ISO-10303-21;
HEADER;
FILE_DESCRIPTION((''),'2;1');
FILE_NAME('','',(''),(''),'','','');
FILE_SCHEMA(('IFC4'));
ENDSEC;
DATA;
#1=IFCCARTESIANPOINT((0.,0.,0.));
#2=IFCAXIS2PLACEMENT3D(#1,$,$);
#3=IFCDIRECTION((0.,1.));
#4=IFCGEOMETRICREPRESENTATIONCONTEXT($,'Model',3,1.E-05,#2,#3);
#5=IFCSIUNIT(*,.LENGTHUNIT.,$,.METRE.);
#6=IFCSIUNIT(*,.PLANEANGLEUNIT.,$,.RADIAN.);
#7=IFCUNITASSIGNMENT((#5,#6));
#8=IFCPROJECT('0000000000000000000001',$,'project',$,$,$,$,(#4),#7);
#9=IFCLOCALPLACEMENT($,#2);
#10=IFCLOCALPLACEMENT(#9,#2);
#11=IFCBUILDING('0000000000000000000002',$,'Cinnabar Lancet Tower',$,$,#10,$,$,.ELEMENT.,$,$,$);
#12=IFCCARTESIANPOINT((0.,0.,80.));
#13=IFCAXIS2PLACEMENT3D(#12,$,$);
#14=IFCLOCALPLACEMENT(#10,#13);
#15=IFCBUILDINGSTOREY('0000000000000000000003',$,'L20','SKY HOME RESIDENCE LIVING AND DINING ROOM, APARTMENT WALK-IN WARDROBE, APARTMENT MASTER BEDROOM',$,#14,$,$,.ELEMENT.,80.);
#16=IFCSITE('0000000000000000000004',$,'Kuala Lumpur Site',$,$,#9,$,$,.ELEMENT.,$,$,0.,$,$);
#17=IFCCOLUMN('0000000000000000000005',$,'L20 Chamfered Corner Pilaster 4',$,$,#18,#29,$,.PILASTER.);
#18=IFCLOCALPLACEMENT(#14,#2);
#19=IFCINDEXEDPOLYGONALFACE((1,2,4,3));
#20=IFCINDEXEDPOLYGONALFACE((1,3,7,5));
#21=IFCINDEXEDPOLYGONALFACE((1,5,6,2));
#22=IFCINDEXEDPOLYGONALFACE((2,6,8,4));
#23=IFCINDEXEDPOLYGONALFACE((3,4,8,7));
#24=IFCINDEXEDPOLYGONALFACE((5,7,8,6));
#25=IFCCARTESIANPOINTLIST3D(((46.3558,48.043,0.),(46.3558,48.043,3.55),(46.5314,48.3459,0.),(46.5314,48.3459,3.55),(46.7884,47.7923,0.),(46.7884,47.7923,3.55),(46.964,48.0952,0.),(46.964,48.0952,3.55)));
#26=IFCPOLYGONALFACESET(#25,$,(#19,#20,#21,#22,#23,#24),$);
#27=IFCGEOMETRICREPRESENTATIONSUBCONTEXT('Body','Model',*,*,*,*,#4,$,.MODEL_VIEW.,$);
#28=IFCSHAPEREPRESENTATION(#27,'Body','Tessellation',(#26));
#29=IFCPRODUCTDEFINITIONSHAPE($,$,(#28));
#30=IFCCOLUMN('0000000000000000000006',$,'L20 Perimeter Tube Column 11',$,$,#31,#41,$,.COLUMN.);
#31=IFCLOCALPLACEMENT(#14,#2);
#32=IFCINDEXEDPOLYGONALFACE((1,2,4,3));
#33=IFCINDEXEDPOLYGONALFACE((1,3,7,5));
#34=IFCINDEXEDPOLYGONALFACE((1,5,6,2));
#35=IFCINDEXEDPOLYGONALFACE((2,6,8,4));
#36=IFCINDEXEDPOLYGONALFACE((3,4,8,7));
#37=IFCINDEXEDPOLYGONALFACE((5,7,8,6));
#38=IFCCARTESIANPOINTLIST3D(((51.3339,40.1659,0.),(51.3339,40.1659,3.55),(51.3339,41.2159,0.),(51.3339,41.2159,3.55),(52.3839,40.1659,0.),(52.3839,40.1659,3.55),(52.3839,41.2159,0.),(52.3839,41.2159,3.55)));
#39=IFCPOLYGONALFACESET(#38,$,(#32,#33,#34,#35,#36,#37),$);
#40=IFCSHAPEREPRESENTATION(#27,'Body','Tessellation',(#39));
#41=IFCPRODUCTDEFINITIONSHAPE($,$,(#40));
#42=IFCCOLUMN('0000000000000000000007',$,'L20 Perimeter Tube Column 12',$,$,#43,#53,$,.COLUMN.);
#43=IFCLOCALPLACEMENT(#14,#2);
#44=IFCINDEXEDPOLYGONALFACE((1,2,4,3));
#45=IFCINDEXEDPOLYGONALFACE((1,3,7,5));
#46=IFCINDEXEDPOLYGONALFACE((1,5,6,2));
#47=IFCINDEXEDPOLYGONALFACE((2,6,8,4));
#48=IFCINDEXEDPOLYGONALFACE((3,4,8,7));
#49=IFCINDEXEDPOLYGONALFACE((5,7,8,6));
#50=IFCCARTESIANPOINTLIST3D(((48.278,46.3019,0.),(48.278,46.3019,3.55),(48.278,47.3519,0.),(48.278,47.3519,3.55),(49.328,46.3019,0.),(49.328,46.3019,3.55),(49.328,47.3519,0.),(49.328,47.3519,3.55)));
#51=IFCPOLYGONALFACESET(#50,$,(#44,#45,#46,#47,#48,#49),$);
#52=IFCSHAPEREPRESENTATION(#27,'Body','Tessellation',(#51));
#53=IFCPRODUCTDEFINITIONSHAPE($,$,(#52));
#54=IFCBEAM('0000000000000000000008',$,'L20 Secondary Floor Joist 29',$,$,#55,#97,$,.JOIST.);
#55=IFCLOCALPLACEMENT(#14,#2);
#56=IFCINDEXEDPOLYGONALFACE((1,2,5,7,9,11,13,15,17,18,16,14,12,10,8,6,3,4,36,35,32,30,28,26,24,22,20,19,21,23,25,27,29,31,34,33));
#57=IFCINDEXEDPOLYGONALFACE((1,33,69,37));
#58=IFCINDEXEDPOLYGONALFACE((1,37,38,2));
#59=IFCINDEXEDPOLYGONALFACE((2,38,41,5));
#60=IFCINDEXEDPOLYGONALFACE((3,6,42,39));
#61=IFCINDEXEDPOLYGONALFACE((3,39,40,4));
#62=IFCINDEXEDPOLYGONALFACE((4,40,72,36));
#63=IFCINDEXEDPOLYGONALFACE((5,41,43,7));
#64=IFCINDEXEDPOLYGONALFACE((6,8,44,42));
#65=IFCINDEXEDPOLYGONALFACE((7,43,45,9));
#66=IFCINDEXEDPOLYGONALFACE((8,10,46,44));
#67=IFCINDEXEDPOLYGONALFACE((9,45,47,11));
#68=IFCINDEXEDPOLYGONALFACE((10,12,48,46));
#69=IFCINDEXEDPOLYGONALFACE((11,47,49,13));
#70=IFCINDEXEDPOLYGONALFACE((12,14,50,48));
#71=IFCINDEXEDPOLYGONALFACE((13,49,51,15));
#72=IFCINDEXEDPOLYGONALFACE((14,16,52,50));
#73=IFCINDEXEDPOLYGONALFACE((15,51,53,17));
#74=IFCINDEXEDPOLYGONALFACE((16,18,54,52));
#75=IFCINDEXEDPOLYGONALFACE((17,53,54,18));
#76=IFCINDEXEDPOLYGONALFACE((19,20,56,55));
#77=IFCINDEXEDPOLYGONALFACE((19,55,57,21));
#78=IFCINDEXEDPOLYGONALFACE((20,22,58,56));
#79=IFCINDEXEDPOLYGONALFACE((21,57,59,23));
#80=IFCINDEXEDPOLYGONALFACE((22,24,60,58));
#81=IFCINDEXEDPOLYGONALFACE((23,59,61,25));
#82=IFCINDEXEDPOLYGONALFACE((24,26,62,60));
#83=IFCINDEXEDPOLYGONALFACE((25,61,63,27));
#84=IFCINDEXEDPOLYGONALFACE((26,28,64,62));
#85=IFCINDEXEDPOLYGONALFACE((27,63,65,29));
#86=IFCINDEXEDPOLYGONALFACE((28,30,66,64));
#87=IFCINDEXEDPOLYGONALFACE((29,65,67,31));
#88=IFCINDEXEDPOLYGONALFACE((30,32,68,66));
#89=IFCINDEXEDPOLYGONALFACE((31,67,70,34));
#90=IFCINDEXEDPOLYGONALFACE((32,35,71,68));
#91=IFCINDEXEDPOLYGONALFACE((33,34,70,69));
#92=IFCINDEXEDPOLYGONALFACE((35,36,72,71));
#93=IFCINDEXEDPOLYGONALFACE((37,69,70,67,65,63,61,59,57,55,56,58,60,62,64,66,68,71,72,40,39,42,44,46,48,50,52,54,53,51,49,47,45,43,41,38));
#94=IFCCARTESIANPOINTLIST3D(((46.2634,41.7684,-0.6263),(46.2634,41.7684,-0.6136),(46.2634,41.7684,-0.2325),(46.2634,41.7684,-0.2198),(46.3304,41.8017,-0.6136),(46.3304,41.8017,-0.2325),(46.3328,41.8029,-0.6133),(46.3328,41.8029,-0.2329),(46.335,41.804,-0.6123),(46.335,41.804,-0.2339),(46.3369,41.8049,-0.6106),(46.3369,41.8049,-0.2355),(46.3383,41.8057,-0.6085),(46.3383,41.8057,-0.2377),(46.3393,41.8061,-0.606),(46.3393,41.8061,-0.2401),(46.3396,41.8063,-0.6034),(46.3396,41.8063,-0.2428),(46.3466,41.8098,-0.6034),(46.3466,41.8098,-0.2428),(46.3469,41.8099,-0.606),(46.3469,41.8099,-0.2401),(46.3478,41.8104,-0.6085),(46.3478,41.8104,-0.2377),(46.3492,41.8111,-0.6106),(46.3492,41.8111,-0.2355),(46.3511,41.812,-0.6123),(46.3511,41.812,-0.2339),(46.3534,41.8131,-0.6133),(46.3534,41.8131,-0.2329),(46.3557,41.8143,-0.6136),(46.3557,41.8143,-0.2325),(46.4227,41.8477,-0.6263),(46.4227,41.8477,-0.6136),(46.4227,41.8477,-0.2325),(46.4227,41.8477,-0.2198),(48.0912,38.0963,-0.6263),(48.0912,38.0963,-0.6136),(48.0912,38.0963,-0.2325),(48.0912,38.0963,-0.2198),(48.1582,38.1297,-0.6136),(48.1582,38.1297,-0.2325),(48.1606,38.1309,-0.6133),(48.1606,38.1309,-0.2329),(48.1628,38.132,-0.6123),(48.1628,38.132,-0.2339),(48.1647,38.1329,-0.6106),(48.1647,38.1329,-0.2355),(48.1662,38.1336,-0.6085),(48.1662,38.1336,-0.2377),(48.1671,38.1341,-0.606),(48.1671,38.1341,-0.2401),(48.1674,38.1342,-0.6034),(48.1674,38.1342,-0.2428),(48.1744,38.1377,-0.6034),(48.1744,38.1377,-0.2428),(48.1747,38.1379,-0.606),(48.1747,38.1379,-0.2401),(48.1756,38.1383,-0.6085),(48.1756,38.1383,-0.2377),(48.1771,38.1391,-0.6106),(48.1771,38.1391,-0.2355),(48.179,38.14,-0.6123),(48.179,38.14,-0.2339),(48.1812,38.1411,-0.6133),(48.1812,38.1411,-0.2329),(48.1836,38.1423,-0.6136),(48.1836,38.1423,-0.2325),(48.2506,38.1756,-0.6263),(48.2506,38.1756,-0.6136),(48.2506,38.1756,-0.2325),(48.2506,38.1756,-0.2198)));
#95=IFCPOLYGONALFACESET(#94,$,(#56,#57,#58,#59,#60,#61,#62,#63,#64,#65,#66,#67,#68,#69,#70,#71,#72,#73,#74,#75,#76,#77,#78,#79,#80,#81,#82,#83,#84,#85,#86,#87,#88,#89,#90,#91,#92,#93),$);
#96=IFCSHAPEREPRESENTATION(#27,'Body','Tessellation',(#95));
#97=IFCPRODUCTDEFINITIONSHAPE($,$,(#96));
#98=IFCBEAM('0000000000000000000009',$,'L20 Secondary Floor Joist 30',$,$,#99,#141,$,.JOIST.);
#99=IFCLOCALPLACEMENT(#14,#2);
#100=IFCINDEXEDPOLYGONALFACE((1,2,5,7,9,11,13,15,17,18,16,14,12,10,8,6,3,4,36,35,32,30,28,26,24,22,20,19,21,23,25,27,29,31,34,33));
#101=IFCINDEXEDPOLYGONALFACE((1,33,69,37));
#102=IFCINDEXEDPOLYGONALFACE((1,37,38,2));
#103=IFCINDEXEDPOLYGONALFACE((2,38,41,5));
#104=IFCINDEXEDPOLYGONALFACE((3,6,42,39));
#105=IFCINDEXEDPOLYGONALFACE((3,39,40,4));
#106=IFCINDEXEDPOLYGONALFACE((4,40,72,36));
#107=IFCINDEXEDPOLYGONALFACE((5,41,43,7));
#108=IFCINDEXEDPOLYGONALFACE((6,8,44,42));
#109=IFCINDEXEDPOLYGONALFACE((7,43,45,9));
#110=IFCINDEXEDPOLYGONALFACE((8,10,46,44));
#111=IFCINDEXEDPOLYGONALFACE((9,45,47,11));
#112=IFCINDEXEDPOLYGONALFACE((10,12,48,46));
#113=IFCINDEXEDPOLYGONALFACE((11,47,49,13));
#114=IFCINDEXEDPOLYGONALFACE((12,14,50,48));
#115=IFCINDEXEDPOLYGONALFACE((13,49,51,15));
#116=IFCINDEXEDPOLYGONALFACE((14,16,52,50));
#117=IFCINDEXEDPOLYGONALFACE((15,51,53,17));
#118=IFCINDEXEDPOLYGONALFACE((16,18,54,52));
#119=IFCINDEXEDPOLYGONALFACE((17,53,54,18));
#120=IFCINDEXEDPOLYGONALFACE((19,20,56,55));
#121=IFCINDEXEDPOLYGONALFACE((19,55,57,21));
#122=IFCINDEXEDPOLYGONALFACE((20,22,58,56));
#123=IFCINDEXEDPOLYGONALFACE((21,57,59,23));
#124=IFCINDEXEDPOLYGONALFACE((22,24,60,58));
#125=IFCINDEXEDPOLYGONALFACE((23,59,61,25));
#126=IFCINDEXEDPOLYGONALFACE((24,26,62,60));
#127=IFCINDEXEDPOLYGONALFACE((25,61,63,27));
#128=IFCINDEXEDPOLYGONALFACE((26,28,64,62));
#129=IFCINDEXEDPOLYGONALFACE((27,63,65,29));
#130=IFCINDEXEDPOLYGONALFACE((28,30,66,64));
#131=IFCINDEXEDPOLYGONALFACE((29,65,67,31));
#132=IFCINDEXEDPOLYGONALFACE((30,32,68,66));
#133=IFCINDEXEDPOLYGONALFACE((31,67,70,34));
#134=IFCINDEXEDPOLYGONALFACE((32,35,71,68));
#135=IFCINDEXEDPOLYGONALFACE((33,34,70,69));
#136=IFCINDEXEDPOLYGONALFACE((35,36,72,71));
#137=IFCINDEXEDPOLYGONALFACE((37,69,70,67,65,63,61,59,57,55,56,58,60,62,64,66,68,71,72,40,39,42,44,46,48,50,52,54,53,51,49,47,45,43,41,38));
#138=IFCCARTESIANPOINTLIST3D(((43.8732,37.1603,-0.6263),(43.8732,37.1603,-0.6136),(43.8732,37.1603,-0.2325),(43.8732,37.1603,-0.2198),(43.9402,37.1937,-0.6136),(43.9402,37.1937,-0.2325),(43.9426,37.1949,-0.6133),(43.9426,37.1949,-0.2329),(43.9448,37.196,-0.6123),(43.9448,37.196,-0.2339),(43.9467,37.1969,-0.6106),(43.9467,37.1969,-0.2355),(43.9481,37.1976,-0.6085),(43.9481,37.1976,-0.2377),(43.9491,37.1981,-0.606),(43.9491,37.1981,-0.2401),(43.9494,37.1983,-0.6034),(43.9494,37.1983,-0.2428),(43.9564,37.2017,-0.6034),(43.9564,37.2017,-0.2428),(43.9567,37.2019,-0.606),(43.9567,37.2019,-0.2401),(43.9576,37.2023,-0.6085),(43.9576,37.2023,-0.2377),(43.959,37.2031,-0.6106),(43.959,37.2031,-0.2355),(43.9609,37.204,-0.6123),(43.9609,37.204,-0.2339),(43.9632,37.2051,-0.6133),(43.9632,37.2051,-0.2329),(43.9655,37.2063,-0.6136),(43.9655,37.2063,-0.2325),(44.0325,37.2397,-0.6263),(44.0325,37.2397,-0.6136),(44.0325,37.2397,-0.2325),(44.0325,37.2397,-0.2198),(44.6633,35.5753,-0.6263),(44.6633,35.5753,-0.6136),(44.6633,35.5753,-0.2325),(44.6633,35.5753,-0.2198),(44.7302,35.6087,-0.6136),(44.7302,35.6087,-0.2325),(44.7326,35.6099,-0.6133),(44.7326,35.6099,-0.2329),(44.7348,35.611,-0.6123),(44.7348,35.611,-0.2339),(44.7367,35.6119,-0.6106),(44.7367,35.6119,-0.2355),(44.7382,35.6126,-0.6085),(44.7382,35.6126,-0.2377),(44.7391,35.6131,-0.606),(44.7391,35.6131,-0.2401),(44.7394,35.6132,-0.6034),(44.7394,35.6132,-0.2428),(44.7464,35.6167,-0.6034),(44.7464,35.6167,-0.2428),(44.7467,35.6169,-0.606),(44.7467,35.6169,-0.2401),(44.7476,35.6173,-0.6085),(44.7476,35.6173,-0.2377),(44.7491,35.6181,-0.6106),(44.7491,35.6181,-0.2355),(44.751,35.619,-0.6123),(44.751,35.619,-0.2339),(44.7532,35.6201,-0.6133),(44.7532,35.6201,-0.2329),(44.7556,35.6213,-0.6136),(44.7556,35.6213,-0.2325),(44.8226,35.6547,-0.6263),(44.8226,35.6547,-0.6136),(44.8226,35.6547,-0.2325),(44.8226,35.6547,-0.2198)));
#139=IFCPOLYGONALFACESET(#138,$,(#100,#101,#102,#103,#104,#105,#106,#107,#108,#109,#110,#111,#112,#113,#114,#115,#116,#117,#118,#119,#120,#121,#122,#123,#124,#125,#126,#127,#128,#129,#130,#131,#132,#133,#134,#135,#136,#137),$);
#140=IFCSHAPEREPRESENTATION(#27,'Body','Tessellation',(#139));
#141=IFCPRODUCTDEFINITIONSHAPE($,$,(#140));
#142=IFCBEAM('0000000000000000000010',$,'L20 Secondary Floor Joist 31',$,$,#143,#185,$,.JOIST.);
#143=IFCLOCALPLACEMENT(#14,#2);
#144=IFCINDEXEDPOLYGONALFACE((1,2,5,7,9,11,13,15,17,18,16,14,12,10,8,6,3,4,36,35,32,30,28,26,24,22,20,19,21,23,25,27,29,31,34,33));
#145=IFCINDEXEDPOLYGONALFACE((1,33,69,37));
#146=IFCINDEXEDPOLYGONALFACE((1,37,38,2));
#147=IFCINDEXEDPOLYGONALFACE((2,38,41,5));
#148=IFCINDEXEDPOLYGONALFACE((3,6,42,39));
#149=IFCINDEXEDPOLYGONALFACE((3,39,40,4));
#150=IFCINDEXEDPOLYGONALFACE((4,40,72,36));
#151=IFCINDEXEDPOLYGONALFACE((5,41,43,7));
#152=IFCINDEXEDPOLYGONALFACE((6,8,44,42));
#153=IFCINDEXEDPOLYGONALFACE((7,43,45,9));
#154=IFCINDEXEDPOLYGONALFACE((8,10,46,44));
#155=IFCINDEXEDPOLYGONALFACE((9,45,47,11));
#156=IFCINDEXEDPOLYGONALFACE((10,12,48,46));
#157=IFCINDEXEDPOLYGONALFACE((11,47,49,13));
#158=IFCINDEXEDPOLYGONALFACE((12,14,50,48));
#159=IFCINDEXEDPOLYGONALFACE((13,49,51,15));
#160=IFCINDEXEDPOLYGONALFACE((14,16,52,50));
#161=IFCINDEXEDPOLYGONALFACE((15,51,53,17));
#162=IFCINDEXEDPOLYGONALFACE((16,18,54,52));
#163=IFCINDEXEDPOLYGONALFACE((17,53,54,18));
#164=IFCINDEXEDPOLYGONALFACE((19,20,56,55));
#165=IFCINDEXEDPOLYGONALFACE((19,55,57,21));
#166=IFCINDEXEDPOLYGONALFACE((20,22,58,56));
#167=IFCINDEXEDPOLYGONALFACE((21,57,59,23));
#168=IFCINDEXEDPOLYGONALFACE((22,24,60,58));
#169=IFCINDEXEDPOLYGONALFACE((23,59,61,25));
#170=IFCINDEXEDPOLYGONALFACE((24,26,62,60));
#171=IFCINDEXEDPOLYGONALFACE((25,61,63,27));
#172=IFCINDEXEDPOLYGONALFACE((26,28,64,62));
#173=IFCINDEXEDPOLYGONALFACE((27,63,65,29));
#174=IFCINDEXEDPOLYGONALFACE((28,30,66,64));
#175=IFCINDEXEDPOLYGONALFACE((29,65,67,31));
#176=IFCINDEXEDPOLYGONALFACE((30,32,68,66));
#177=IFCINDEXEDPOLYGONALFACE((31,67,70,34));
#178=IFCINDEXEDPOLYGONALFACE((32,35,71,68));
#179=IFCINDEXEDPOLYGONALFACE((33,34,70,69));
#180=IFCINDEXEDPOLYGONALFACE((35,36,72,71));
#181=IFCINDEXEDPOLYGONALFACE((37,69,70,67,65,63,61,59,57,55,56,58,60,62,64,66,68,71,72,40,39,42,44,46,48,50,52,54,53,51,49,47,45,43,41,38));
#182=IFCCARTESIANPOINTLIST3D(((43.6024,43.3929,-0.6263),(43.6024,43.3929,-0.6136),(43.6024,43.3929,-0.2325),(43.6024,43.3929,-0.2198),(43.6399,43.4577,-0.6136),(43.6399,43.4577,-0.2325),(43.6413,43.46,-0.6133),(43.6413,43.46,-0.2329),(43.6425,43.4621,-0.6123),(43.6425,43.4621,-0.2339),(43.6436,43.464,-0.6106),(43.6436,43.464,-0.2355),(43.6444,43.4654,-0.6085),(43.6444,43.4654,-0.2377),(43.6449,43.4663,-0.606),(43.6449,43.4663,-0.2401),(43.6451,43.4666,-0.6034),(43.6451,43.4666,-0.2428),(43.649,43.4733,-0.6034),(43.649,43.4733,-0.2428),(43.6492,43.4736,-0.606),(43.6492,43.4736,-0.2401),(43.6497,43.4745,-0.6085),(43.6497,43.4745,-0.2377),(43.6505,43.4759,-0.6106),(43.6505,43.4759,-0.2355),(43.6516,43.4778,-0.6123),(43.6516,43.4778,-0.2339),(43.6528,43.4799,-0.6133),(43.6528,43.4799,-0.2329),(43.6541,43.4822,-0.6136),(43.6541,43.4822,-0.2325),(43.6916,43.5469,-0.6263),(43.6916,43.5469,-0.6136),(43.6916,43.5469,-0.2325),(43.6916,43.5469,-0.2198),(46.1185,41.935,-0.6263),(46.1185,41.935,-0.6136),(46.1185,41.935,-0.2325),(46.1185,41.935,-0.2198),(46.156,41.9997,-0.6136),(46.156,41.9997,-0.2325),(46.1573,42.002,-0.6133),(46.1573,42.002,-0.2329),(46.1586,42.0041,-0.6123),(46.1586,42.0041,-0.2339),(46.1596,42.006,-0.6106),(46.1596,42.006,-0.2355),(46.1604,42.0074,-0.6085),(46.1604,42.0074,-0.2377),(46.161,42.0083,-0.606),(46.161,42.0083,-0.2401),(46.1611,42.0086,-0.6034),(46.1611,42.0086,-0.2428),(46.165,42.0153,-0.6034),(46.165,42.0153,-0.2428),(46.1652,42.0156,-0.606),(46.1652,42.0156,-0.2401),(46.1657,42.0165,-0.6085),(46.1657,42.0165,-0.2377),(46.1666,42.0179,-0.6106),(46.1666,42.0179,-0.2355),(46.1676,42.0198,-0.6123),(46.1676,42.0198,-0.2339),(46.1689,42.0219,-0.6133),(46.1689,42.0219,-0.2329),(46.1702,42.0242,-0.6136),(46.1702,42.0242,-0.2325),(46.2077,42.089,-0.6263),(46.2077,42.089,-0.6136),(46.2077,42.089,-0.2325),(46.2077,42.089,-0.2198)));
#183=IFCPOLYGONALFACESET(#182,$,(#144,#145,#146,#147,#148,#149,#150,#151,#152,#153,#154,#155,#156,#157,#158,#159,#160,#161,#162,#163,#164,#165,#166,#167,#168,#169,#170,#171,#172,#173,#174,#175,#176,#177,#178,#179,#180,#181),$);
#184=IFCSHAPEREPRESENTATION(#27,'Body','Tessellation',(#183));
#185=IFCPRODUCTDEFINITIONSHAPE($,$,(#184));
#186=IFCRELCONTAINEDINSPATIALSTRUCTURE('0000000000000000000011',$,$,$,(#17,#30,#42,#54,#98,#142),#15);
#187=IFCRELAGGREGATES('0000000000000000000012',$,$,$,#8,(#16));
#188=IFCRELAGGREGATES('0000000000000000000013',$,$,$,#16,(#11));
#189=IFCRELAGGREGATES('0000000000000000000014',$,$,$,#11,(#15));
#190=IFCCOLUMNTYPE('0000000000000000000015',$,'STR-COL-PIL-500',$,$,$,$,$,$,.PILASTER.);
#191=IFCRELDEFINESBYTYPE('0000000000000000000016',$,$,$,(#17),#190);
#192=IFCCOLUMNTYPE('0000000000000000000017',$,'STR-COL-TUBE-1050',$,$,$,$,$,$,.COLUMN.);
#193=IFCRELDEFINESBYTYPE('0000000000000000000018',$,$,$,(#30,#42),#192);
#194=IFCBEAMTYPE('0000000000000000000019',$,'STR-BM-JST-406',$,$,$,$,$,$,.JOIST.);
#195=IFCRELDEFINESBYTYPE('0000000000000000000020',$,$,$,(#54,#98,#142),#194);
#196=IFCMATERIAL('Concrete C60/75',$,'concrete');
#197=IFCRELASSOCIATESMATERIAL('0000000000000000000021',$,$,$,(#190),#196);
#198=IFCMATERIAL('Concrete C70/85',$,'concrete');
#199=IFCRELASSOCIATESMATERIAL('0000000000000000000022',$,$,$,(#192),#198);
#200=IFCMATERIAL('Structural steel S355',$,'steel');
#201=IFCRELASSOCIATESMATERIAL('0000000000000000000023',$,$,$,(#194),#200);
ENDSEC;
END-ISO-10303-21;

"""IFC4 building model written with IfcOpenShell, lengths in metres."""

from ifc_helpers import new_model, si_unit, direction, frame, origin, origin_2d, place, context, subcontext, project, spatial, rectangle, i_section, extrude, material, material_profile, profile_set, type_object, element, save


model = new_model("IFC4")

# Units and contexts
model_context = context("Model", 3, precision=1e-05, world=origin(), true_north=direction((0.0, 1.0)))
body_context = subcontext(model_context, "Body", "Model", "MODEL_VIEW")
ifc_project = project(units=[si_unit("LENGTHUNIT", "METRE"), si_unit("PLANEANGLEUNIT", "RADIAN")], contexts=[model_context])

# Site, building, storey
site_placement = place(None, origin())
site = spatial("IfcSite", under=ifc_project, at=site_placement, Name="Kuala Lumpur Site", CompositionType="ELEMENT", RefElevation=0.0)
building_placement = place(site_placement, origin())
building = spatial("IfcBuilding", under=site, at=building_placement, Name="Cinnabar Lancet Tower", CompositionType="ELEMENT")
storey_placement = place(building_placement, frame((0.0, 0.0, 80.0)))
storey = spatial("IfcBuildingStorey", under=building, at=storey_placement, Name="L20", Description="SKY HOME RESIDENCE LIVING AND DINING ROOM, APARTMENT WALK-IN WARDROBE, APARTMENT MASTER BEDROOM", CompositionType="ELEMENT", Elevation=80.0)

# Columns
ifc_material_1 = material(Name="Concrete C60/75", Category="concrete")
ifc_material_profile_1 = material_profile(ifc_material_1, rectangle(XDim=0.5, YDim=0.3501, at=origin_2d()), Name="RC-PIL 500x350")
ifc_profile_set_1 = profile_set([ifc_material_profile_1], Name="Concrete C60/75")
column_type_1 = type_object("IfcColumnType", Name="STR-COL-PIL-500", PredefinedType="PILASTER", material=ifc_profile_set_1)
column_placement = place(storey_placement, frame((46.6599, 48.0691, 0.0), z_axis=(0.0, 0.0, 1.0), x_axis=(-0.865195, 0.501435, 0.0)))
element("IfcColumn", 1, at=column_placement, inside=storey, type_object=column_type_1, Name="L20 Chamfered Corner Pilaster 4", PredefinedType="PILASTER", context=body_context, shape_type="SweptSolid", body=[
    extrude(rectangle(XDim=0.5, YDim=0.3501, at=origin_2d()), origin(), (0.0, 0.0, 1.0), 3.55),
])
ifc_material_2 = material(Name="Concrete C70/85", Category="concrete")
ifc_material_profile_2 = material_profile(ifc_material_2, rectangle(XDim=1.05, YDim=1.05, at=origin_2d()), Name="RC-COL 1050x1050")
ifc_profile_set_2 = profile_set([ifc_material_profile_2], Name="Concrete C70/85")
column_type_2 = type_object("IfcColumnType", Name="STR-COL-TUBE-1050", PredefinedType="COLUMN", material=ifc_profile_set_2)
for number, where, z_axis, x_axis, name in (
    (2, (51.8589, 40.6909, 0.0), (0.0, 0.0, 1.0), (1.0, 0.0, 0.0), "L20 Perimeter Tube Column 11"),
    (3, (48.803, 46.8269, 0.0), (0.0, 0.0, 1.0), (1.0, 0.0, 0.0), "L20 Perimeter Tube Column 12"),
):
    element("IfcColumn", number, at=place(storey_placement, frame(where, z_axis=z_axis, x_axis=x_axis)), inside=storey, type_object=column_type_2, Name=name, PredefinedType="COLUMN", context=body_context, shape_type="SweptSolid", body=[
        extrude(rectangle(XDim=1.05, YDim=1.05, at=origin_2d()), origin(), (0.0, 0.0, 1.0), 3.55),
    ])

# Beams
ifc_material_3 = material(Name="Structural steel S355", Category="steel")
ifc_material_profile_3 = material_profile(ifc_material_3, i_section(OverallWidth=0.178, OverallDepth=0.4065, WebThickness=0.0078, FlangeThickness=0.0127, FilletRadius=0.0103, at=origin_2d()), Name="UKB 406x178x60")
ifc_profile_set_3 = profile_set([ifc_material_profile_3], Name="Structural steel S355")
beam_type_1 = type_object("IfcBeamType", Name="STR-BM-JST-406", PredefinedType="JOIST", material=ifc_profile_set_3)
beam_1_placement = place(storey_placement, frame((48.1709, 38.136, -0.4231), z_axis=(-0.445618, 0.895223, 0.0), x_axis=(-0.895223, -0.445618, 0.0)))
element("IfcBeam", 4, at=beam_1_placement, inside=storey, type_object=beam_type_1, Name="L20 Secondary Floor Joist 29", PredefinedType="JOIST", context=body_context, shape_type="SweptSolid", body=[
    extrude(i_section(OverallWidth=0.178, OverallDepth=0.4065, WebThickness=0.0078, FlangeThickness=0.0127, FilletRadius=0.0103, at=origin_2d()), origin(), (0.0, 0.0, 1.0), 4.1018),
])
beam_2_placement = place(storey_placement, frame((44.7429, 35.615, -0.4231), z_axis=(-0.44611, 0.894978, 0.0), x_axis=(-0.894978, -0.44611, 0.0)))
element("IfcBeam", 5, at=beam_2_placement, inside=storey, type_object=beam_type_1, Name="L20 Secondary Floor Joist 30", PredefinedType="JOIST", context=body_context, shape_type="SweptSolid", body=[
    extrude(i_section(OverallWidth=0.178, OverallDepth=0.4065, WebThickness=0.0078, FlangeThickness=0.0127, FilletRadius=0.0103, at=origin_2d()), origin(), (0.0, 0.0, 1.0), 1.771),
])
beam_3_placement = place(storey_placement, frame((46.1631, 42.012, -0.4231), z_axis=(-0.865231, 0.501374, 0.0), x_axis=(-0.501374, -0.865231, 0.0)))
element("IfcBeam", 6, at=beam_3_placement, inside=storey, type_object=beam_type_1, Name="L20 Secondary Floor Joist 31", PredefinedType="JOIST", context=body_context, shape_type="SweptSolid", body=[
    extrude(i_section(OverallWidth=0.178, OverallDepth=0.4065, WebThickness=0.0078, FlangeThickness=0.0127, FilletRadius=0.0103, at=origin_2d()), origin(), (0.0, 0.0, 1.0), 2.908),
])

save(model, "model.ifc")
